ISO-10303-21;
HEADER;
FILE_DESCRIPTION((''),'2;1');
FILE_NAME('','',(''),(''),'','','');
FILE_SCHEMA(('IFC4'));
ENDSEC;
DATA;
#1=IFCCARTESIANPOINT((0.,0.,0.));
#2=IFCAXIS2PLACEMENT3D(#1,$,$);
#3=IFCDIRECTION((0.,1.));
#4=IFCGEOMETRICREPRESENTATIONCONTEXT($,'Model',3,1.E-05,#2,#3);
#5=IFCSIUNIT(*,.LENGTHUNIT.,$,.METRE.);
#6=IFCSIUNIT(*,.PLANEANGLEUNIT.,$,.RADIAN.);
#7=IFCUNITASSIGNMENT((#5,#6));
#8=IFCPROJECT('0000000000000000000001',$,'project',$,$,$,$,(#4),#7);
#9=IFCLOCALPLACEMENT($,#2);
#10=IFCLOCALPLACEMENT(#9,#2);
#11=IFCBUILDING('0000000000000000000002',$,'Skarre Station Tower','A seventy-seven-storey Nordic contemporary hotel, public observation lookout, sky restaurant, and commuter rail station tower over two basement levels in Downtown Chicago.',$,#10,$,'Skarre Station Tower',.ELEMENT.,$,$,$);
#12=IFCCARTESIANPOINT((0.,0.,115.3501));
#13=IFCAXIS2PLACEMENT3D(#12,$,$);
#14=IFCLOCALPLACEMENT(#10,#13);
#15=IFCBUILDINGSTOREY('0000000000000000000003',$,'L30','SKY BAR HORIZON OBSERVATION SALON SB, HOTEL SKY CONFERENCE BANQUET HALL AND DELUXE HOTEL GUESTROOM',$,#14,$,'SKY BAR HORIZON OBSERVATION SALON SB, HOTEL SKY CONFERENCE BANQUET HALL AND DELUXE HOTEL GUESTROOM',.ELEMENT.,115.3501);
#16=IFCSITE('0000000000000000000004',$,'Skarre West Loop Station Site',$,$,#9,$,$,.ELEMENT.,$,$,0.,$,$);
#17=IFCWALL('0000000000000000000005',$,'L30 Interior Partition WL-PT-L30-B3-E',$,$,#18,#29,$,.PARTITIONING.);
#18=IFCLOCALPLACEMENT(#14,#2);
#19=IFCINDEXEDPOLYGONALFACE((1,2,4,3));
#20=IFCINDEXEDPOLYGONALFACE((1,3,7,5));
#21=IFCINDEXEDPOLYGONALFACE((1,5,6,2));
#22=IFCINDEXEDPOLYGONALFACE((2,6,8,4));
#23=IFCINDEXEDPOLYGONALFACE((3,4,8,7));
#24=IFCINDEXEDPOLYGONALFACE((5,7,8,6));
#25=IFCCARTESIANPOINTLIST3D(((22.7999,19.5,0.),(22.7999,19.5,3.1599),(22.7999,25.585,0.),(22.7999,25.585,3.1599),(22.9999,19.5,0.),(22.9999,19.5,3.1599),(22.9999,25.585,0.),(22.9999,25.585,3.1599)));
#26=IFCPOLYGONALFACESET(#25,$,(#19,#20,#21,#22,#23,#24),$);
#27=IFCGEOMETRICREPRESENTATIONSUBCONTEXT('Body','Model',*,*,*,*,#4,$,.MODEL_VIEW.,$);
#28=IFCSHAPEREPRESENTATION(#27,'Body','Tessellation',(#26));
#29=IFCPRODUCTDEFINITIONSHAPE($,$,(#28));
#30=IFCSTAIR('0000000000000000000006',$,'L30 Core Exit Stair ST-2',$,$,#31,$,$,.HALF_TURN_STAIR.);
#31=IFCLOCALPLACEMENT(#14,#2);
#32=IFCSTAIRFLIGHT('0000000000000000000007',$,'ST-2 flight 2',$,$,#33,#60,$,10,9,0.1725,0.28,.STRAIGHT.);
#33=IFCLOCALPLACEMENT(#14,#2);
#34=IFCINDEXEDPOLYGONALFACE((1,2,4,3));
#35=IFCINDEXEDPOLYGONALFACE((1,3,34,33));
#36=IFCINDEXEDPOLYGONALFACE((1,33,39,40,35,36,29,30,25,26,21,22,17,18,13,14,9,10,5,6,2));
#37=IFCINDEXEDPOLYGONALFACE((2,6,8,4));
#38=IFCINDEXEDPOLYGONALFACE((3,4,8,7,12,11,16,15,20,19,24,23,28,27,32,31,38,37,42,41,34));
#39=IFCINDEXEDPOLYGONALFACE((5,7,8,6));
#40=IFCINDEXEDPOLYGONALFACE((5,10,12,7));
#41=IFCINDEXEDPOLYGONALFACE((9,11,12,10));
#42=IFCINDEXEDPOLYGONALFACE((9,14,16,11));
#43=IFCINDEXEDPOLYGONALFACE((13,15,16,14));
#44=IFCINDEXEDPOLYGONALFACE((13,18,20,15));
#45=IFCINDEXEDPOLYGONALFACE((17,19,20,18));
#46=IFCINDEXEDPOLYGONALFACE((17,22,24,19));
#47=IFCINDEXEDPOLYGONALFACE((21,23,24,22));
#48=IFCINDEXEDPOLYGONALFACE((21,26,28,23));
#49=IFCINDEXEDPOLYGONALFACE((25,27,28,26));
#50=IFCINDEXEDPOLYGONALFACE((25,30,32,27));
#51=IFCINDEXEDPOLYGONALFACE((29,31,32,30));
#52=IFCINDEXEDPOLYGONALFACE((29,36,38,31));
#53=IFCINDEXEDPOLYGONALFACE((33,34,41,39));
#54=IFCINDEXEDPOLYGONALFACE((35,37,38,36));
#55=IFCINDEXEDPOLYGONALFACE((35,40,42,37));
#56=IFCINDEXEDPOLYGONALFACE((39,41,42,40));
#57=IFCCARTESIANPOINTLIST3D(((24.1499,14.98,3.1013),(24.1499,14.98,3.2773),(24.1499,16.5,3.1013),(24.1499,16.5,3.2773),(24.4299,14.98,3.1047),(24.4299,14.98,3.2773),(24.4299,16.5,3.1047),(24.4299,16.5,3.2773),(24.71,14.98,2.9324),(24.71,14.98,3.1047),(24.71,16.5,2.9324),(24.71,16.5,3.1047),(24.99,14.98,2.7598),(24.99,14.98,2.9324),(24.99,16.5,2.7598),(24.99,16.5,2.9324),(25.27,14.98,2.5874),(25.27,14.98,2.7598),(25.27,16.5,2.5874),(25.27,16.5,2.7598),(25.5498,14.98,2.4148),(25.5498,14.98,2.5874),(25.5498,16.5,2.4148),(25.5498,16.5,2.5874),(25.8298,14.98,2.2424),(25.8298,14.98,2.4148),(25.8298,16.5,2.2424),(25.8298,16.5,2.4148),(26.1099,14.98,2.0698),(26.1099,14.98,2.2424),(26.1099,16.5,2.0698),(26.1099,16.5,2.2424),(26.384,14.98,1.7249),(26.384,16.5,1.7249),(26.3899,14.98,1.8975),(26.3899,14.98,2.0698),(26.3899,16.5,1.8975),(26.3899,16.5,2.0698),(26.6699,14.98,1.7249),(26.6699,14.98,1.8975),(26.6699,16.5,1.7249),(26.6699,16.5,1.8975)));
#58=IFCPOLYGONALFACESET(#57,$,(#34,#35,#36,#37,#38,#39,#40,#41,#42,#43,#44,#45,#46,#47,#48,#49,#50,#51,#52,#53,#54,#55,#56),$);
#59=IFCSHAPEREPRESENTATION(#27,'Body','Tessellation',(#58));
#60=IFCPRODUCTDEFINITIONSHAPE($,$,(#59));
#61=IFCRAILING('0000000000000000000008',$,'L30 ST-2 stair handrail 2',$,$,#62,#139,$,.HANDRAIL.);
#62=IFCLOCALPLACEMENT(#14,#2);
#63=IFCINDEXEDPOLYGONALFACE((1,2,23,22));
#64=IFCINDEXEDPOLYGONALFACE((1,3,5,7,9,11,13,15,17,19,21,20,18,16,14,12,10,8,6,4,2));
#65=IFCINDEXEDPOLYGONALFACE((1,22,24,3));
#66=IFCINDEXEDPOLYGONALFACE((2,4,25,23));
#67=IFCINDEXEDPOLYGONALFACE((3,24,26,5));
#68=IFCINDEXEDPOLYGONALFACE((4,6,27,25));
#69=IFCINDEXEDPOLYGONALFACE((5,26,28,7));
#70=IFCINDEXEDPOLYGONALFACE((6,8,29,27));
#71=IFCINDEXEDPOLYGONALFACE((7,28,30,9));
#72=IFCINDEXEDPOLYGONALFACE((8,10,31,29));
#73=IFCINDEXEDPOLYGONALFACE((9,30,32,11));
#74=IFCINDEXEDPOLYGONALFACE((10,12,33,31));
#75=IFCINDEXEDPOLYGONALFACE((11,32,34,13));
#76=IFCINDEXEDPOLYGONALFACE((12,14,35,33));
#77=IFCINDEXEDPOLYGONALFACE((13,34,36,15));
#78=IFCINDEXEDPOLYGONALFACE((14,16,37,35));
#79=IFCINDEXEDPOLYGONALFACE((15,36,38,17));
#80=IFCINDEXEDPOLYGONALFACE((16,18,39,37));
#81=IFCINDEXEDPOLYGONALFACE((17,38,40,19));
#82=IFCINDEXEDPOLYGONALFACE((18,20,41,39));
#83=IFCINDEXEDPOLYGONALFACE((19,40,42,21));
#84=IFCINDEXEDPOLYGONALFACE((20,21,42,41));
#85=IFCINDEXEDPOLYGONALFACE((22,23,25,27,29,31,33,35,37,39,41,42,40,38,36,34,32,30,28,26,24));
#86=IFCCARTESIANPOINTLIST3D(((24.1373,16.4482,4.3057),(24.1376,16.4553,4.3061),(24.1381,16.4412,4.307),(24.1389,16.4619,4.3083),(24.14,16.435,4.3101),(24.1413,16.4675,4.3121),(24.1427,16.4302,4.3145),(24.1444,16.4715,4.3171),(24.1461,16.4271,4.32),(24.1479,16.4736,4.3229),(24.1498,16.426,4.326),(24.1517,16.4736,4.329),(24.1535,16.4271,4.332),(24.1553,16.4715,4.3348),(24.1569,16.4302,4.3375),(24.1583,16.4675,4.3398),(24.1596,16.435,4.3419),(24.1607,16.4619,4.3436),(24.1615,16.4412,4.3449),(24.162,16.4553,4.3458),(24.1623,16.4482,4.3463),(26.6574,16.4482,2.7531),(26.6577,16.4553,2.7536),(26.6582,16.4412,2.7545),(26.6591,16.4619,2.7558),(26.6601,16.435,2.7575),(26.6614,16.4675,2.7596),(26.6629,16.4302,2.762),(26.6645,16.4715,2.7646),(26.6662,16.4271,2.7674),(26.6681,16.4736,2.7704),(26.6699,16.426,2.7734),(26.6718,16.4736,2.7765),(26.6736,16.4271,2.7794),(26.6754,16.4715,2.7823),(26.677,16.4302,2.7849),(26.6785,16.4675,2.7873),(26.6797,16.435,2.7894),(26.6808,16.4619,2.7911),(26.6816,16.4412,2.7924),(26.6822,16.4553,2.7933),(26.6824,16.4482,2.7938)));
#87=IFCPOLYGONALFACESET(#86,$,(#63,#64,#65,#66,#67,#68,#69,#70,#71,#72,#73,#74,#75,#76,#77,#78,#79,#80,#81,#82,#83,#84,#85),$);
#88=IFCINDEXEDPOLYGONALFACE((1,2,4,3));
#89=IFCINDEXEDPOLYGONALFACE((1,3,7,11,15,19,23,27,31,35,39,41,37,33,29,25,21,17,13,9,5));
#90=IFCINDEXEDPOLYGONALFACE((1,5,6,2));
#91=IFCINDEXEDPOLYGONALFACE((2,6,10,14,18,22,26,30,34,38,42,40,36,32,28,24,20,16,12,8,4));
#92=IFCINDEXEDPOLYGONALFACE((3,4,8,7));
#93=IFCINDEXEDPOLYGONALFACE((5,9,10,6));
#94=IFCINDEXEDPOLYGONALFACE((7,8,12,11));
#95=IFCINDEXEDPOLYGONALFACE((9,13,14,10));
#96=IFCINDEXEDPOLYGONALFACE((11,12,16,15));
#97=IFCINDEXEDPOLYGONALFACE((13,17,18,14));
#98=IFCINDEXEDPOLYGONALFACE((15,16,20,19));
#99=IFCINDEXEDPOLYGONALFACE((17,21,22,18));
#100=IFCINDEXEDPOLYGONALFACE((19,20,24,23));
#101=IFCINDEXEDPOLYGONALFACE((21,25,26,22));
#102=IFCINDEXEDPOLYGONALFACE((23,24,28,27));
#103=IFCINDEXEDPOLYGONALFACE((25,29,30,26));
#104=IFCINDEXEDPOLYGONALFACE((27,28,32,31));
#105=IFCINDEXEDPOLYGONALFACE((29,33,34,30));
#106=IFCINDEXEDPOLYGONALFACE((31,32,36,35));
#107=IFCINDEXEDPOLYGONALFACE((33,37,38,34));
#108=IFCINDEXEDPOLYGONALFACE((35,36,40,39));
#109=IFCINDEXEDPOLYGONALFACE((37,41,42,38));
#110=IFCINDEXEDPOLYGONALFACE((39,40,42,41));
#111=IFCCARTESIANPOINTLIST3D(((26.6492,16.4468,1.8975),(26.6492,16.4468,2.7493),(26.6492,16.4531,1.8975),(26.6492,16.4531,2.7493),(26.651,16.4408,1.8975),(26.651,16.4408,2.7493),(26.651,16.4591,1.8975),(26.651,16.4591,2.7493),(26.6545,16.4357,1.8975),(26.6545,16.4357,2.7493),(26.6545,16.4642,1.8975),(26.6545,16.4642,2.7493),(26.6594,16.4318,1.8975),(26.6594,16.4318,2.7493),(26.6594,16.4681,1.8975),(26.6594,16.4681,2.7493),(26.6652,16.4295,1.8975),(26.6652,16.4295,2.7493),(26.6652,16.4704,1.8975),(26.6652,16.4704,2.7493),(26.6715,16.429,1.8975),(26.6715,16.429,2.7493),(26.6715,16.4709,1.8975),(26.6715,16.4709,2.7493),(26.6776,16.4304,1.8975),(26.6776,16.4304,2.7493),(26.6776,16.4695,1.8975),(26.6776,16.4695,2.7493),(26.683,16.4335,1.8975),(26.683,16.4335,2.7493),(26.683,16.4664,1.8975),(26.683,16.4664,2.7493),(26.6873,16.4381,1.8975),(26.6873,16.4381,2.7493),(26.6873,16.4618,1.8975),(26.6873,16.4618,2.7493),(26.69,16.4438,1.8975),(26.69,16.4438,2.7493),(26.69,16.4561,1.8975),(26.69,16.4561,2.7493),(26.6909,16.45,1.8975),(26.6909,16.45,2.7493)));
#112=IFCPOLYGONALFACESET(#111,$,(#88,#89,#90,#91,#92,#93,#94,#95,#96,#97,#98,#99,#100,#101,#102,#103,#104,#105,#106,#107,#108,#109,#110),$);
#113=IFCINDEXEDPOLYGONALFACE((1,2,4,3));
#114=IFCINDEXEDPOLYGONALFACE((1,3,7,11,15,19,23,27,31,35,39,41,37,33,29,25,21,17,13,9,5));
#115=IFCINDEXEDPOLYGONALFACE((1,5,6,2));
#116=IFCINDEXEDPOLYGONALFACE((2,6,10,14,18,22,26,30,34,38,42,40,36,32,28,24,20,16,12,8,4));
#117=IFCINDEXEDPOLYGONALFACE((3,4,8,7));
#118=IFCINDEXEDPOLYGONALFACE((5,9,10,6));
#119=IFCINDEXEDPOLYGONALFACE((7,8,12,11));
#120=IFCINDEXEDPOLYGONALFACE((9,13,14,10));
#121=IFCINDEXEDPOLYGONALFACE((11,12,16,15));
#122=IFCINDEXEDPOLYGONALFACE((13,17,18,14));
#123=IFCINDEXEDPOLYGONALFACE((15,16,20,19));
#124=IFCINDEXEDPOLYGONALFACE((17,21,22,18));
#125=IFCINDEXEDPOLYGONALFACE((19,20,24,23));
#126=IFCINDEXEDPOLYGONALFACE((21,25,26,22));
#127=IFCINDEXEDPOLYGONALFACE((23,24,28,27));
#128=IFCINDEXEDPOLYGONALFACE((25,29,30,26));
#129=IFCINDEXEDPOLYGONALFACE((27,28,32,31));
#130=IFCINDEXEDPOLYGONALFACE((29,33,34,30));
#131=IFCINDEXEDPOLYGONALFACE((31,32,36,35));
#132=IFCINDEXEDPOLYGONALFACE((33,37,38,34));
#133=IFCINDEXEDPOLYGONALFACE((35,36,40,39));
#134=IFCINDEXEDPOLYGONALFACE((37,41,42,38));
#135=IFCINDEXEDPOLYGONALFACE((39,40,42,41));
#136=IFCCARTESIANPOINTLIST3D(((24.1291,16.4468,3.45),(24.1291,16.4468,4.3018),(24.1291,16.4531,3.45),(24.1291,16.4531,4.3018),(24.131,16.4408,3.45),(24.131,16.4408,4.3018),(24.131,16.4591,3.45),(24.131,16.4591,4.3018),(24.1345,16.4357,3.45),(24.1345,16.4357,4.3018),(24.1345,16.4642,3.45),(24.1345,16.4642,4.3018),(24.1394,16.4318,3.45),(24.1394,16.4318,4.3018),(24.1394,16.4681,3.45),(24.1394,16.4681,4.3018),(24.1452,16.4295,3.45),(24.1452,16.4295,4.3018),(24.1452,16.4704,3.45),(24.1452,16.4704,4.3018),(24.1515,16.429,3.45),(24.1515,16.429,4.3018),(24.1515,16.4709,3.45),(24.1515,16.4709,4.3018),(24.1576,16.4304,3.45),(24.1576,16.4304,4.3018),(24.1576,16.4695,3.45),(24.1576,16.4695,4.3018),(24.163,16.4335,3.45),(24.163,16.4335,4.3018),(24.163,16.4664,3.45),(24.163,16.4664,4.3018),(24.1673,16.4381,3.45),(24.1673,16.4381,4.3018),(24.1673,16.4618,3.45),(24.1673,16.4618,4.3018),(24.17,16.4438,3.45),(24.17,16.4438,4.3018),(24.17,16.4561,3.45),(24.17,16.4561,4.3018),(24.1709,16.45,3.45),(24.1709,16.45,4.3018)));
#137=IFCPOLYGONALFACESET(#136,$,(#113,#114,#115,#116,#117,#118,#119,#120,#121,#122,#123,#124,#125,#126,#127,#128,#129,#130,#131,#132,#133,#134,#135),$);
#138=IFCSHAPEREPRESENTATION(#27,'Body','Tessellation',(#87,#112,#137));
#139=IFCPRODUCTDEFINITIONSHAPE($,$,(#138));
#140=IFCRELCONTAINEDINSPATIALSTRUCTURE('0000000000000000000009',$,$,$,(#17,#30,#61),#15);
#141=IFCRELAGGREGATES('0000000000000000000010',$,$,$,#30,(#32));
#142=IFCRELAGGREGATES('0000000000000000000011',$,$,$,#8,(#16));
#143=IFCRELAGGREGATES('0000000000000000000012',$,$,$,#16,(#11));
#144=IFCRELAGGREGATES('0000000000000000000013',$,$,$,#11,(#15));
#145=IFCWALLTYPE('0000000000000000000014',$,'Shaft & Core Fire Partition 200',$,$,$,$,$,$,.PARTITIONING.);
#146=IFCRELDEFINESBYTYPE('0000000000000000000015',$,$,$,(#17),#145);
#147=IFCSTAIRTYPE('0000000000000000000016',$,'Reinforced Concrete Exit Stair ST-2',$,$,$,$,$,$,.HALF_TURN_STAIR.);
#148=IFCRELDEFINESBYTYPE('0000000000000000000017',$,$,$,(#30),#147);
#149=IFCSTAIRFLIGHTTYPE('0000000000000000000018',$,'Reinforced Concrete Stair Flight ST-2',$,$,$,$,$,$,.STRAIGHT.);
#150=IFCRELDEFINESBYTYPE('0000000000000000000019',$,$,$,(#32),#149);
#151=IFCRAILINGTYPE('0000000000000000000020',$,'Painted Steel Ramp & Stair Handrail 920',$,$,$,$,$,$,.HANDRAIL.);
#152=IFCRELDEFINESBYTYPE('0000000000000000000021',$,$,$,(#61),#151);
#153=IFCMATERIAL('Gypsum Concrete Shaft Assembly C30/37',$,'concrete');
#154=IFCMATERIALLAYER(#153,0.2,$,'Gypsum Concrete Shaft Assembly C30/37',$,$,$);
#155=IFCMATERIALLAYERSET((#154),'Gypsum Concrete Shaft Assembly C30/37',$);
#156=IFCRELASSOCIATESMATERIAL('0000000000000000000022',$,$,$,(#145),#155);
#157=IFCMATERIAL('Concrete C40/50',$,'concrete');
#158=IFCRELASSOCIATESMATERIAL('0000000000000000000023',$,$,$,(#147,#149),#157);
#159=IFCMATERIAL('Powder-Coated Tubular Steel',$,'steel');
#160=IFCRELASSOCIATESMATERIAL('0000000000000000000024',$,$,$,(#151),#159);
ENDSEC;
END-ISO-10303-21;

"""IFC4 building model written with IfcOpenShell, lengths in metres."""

from ifc_helpers import new_model, si_unit, direction, frame, frame_2d, origin, origin_2d, place, context, subcontext, project, spatial, polyline, rectangle, circle, outline, extrude, material, layer, layer_set, type_object, element, aggregate, save


model = new_model("IFC4")

# Units and contexts
model_context = context("Model", 3, precision=1e-05, world=origin(), true_north=direction((0.0, 1.0)))
body_context = subcontext(model_context, "Body", "Model", "MODEL_VIEW")
ifc_project = project(units=[si_unit("LENGTHUNIT", "METRE"), si_unit("PLANEANGLEUNIT", "RADIAN")], contexts=[model_context])

# Site, building, storey
site_placement = place(None, origin())
site = spatial("IfcSite", under=ifc_project, at=site_placement, Name="Skarre West Loop Station Site", CompositionType="ELEMENT", RefElevation=0.0)
building_placement = place(site_placement, origin())
building = spatial("IfcBuilding", under=site, at=building_placement, Name="Skarre Station Tower", Description="A seventy-seven-storey Nordic contemporary hotel, public observation lookout, sky restaurant, and commuter rail station tower over two basement levels in Downtown Chicago.", LongName="Skarre Station Tower", CompositionType="ELEMENT")
storey_placement = place(building_placement, frame((0.0, 0.0, 115.3501)))
storey = spatial("IfcBuildingStorey", under=building, at=storey_placement, Name="L30", Description="SKY BAR HORIZON OBSERVATION SALON SB, HOTEL SKY CONFERENCE BANQUET HALL AND DELUXE HOTEL GUESTROOM", LongName="SKY BAR HORIZON OBSERVATION SALON SB, HOTEL SKY CONFERENCE BANQUET HALL AND DELUXE HOTEL GUESTROOM", CompositionType="ELEMENT", Elevation=115.3501)

# Shared definitions
ifc_material_1 = material(Name="Gypsum Concrete Shaft Assembly C30/37", Category="concrete")
ifc_layer_1 = layer(ifc_material_1, 0.2, Name="Gypsum Concrete Shaft Assembly C30/37")
ifc_layer_set_1 = layer_set([ifc_layer_1], Name="Gypsum Concrete Shaft Assembly C30/37")
wall_type_1 = type_object("IfcWallType", Name="Shaft & Core Fire Partition 200", PredefinedType="PARTITIONING", material=ifc_layer_set_1)

# Wall
wall_1_placement = place(storey_placement, frame((22.8999, 19.5, 0.0), z_axis=(0.0, 0.0, 1.0), x_axis=(0.0, 1.0, 0.0)))
element("IfcWall", 1, at=wall_1_placement, inside=storey, type_object=wall_type_1, Name="L30 Interior Partition WL-PT-L30-B3-E", PredefinedType="PARTITIONING", context=body_context, shape_type="SweptSolid", body=[
    extrude(rectangle(XDim=6.085, YDim=0.2, at=frame_2d((3.0425, 0.0))), origin(), (0.0, 0.0, 1.0), 3.1599),
])

# Stair, stair flight
ifc_material_2 = material(Name="Concrete C40/50", Category="concrete")
stair_type = type_object("IfcStairType", Name="Reinforced Concrete Exit Stair ST-2", PredefinedType="HALF_TURN_STAIR", material=ifc_material_2)
stair_placement = place(storey_placement, origin())
stair = element("IfcStair", 2, at=stair_placement, inside=storey, type_object=stair_type, Name="L30 Core Exit Stair ST-2", PredefinedType="HALF_TURN_STAIR")
stair_flight_type = type_object("IfcStairFlightType", Name="Reinforced Concrete Stair Flight ST-2", PredefinedType="STRAIGHT", material=ifc_material_2)
stair_flight_placement = place(storey_placement, frame((26.6699, 15.74, 1.7249), z_axis=(0.0, 0.0, 1.0), x_axis=(-1.0, 0.0, 0.0)))
stair_flight = element("IfcStairFlight", 3, at=stair_flight_placement, type_object=stair_flight_type, Name="ST-2 flight 2", NumberOfRisers=10, NumberOfTreads=9, PredefinedType="STRAIGHT", RiserHeight=0.1725, TreadLength=0.28, context=body_context, shape_type="SweptSolid", body=[
    extrude(outline(polyline([(0.0, 0.0), (0.0, 0.1726), (0.28, 0.1726), (0.28, 0.345), (0.5601, 0.345), (0.5601, 0.5176), (0.8401, 0.5176), (0.8401, 0.6899), (1.1201, 0.6899), (1.1201, 0.8625), (1.3999, 0.8625), (1.3999, 1.0349), (1.6799, 1.0349), (1.6799, 1.2075), (1.96, 1.2075), (1.96, 1.3799), (2.24, 1.3799), (2.24, 1.5525), (2.52, 1.5525), (2.52, 1.7251), (2.52, 1.3765), (0.2859, 0.0), (0.0, 0.0)])), frame((0.0, 0.76, 0.0), z_axis=(0.0, -1.0, 0.0), x_axis=(1.0, 0.0, 0.0)), (0.0, 0.0, 1.0), 1.52),
])
aggregate(stair, [stair_flight])

# Railing
ifc_material_3 = material(Name="Powder-Coated Tubular Steel", Category="steel")
railing_type_1 = type_object("IfcRailingType", Name="Painted Steel Ramp & Stair Handrail 920", PredefinedType="HANDRAIL", material=ifc_material_3)
railing_1_placement = place(storey_placement, frame((26.6699, 16.45, 1.8975)))
element("IfcRailing", 4, at=railing_1_placement, inside=storey, type_object=railing_type_1, Name="L30 ST-2 stair handrail 2", PredefinedType="HANDRAIL", context=body_context, shape_type="SweptSolid", body=[
    extrude(circle(Radius=0.0239, at=origin_2d()), frame((0.0, 0.0, 0.876), z_axis=(-0.8514, 0.0, 0.524516), x_axis=(0.0, -1.0, 0.0)), (0.0, 0.0, 1.0), 2.96),
    extrude(circle(Radius=0.021, at=origin_2d()), origin(), (0.0, 0.0, 1.0), 0.8518),
    extrude(circle(Radius=0.021, at=origin_2d()), frame((-2.52, 0.0, 1.5525)), (0.0, 0.0, 1.0), 0.8518),
])

save(model, "model.ifc")
